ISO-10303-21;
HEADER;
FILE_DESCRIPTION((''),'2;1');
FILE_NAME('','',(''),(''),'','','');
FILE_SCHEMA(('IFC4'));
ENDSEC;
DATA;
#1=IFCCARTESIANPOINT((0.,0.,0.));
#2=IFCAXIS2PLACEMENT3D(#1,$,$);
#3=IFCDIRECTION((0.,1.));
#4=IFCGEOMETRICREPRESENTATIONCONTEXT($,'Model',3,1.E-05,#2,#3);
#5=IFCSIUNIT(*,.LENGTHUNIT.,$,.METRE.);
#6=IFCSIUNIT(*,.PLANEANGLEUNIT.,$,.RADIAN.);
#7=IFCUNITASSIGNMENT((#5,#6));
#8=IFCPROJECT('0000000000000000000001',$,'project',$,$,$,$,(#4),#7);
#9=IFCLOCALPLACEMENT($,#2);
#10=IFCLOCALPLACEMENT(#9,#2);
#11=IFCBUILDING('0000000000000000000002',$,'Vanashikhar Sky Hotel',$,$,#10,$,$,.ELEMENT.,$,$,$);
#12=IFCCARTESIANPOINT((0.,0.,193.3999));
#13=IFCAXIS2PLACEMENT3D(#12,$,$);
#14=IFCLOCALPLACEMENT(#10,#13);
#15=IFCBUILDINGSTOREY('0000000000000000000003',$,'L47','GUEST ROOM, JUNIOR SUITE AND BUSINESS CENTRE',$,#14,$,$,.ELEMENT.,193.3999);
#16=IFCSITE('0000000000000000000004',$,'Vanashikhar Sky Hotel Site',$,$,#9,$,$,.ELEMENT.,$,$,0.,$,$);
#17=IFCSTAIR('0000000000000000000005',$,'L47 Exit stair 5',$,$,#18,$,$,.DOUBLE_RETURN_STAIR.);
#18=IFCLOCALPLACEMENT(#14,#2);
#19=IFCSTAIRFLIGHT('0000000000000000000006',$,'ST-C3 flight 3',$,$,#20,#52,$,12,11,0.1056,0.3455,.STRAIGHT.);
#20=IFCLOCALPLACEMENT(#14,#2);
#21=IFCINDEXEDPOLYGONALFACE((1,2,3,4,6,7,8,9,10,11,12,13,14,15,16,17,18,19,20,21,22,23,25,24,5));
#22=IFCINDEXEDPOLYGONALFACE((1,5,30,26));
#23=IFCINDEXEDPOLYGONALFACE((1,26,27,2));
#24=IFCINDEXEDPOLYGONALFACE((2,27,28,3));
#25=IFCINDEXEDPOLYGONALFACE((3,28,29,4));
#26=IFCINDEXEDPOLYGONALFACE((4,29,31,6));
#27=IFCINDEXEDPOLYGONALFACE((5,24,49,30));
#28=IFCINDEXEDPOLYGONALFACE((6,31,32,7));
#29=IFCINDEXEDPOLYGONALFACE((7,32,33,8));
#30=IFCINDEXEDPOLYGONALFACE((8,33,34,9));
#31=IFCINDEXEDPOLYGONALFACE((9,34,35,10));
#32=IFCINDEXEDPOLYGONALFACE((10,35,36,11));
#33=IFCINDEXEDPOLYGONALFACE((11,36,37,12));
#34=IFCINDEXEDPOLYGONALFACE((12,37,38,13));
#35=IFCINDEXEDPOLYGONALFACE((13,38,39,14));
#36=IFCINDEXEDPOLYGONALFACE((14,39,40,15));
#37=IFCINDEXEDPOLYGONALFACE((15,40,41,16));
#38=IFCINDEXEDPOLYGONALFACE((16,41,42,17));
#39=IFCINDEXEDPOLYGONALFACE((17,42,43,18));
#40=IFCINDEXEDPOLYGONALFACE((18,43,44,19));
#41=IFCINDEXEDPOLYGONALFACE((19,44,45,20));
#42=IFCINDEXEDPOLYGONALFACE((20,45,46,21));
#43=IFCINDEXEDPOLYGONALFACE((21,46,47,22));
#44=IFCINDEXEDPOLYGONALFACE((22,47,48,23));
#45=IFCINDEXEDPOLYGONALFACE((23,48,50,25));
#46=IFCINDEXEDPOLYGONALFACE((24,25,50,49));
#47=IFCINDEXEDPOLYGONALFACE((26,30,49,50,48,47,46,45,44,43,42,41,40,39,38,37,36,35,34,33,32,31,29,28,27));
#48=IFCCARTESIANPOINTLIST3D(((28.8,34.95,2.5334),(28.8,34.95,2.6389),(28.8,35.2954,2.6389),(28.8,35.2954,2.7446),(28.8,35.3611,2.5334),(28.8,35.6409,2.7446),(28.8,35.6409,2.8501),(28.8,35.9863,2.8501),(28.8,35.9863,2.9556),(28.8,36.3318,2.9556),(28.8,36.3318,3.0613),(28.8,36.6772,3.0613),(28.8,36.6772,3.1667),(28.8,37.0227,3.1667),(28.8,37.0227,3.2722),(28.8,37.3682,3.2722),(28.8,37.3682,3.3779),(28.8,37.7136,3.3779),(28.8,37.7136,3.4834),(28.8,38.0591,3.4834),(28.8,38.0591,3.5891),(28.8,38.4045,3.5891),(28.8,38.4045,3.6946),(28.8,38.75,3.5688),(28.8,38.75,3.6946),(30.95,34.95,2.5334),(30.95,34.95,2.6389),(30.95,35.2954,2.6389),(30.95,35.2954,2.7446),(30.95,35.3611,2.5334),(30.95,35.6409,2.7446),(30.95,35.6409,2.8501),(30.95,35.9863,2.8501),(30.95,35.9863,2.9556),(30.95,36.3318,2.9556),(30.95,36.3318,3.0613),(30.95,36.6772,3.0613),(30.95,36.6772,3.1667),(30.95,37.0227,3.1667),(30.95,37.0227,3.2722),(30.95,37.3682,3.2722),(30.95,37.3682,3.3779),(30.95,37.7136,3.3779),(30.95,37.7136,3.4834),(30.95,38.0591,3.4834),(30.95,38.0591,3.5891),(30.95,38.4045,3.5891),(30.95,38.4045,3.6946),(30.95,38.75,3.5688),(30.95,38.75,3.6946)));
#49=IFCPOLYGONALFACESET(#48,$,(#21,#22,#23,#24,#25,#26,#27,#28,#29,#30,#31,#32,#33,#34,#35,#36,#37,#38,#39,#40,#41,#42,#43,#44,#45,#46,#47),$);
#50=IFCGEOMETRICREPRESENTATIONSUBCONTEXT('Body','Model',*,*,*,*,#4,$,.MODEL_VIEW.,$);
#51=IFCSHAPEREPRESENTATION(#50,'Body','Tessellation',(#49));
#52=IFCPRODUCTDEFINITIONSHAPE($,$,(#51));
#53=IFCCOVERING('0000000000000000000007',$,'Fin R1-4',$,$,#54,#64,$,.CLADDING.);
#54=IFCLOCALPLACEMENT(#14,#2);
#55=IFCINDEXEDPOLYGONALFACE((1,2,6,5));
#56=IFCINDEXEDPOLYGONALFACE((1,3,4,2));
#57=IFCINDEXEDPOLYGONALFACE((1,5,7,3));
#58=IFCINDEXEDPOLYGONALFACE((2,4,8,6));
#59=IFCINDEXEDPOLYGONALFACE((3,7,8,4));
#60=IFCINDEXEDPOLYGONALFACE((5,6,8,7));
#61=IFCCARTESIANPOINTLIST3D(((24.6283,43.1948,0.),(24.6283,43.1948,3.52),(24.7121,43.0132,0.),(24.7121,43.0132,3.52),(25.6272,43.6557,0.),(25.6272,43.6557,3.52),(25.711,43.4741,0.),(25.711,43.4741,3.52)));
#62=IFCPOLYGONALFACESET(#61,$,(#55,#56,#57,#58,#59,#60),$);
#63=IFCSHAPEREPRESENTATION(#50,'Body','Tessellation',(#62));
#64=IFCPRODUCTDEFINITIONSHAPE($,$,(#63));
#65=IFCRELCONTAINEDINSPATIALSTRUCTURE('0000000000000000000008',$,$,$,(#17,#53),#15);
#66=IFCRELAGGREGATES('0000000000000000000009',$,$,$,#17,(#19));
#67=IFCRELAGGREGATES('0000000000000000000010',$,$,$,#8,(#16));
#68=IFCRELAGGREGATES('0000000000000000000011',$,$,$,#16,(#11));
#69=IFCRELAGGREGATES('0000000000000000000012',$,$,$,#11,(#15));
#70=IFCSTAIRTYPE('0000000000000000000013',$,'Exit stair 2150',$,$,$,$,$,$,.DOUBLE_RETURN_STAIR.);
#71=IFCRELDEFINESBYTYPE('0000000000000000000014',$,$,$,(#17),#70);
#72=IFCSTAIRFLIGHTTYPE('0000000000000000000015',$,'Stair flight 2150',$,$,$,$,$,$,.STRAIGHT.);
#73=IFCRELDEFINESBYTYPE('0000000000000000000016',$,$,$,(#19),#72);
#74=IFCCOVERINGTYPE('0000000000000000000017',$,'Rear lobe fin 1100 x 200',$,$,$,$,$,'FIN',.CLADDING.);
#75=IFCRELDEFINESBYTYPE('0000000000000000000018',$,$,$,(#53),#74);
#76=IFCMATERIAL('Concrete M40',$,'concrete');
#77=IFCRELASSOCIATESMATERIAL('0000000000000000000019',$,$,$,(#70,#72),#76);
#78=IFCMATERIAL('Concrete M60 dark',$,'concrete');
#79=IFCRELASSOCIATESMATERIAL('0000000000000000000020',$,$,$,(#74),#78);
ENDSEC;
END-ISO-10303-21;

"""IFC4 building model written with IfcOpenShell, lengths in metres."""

from ifc_helpers import new_model, si_unit, direction, frame, origin, origin_2d, place, context, subcontext, project, spatial, polyline, rectangle, outline, extrude, source, transform, mapped, material, material_profile, profile_set, type_object, element, aggregate, save


model = new_model("IFC4")

# Units and contexts
model_context = context("Model", 3, precision=1e-05, world=origin(), true_north=direction((0.0, 1.0)))
body_context = subcontext(model_context, "Body", "Model", "MODEL_VIEW")
ifc_project = project(units=[si_unit("LENGTHUNIT", "METRE"), si_unit("PLANEANGLEUNIT", "RADIAN")], contexts=[model_context])

# Site, building, storey
site_placement = place(None, origin())
site = spatial("IfcSite", under=ifc_project, at=site_placement, Name="Vanashikhar Sky Hotel Site", CompositionType="ELEMENT", RefElevation=0.0)
building_placement = place(site_placement, origin())
building = spatial("IfcBuilding", under=site, at=building_placement, Name="Vanashikhar Sky Hotel", CompositionType="ELEMENT")
storey_placement = place(building_placement, frame((0.0, 0.0, 193.3999)))
storey = spatial("IfcBuildingStorey", under=building, at=storey_placement, Name="L47", Description="GUEST ROOM, JUNIOR SUITE AND BUSINESS CENTRE", CompositionType="ELEMENT", Elevation=193.3999)

# Stair, stair flight
ifc_material_1 = material(Name="Concrete M40", Category="concrete")
stair_type = type_object("IfcStairType", Name="Exit stair 2150", PredefinedType="DOUBLE_RETURN_STAIR", material=ifc_material_1)
stair_flight_type = type_object("IfcStairFlightType", Name="Stair flight 2150", PredefinedType="STRAIGHT", material=ifc_material_1)
shared_shape_1 = source(origin(), body_context, "Body", "SweptSolid", [
    extrude(outline(polyline([(0.0, 0.0), (0.0, 0.1055), (0.3455, 0.1055), (0.3455, 0.2112), (0.6909, 0.2112), (0.6909, 0.3167), (1.0364, 0.3167), (1.0364, 0.4221), (1.3818, 0.4221), (1.3818, 0.5278), (1.7273, 0.5278), (1.7273, 0.6333), (2.0728, 0.6333), (2.0728, 0.7388), (2.4182, 0.7388), (2.4182, 0.8445), (2.7637, 0.8445), (2.7637, 0.95), (3.1091, 0.95), (3.1091, 1.0557), (3.4546, 1.0557), (3.4546, 1.1611), (3.8, 1.1611), (3.8, 1.2666), (3.8, 1.0354), (0.4111, 0.0), (0.0, 0.0)])), frame((0.0, 1.075, 0.0), z_axis=(0.0, -1.0, 0.0), x_axis=(1.0, 0.0, 0.0)), (0.0, 0.0, 1.0), 2.1499),
])
stair_1_placement = place(storey_placement, origin())
stair_1 = element("IfcStair", 1, at=stair_1_placement, inside=storey, type_object=stair_type, Name="L47 Exit stair 5", PredefinedType="DOUBLE_RETURN_STAIR")
stair_flight_1_placement = place(storey_placement, frame((29.875, 34.95, 2.5334), z_axis=(0.0, 0.0, 1.0), x_axis=(0.0, 1.0, 0.0)))
stair_flight_1 = element("IfcStairFlight", 2, at=stair_flight_1_placement, type_object=stair_flight_type, Name="ST-C3 flight 3", NumberOfRisers=12, NumberOfTreads=11, PredefinedType="STRAIGHT", RiserHeight=0.1056, TreadLength=0.3455, context=body_context, shape_type="MappedRepresentation", body=[
    mapped(shared_shape_1, transform((0.0, 0.0, 0.0), scale=1.0)),
])
aggregate(stair_1, [stair_flight_1])

# Covering
ifc_material_2 = material(Name="Concrete M60 dark", Category="concrete")
ifc_material_profile = material_profile(ifc_material_2, rectangle(XDim=1.1001, YDim=0.2, at=origin_2d()))
ifc_profile_set = profile_set([ifc_material_profile], Name="Rear lobe fin 1100 x 200")
covering_type = type_object("IfcCoveringType", Name="Rear lobe fin 1100 x 200", ElementType="FIN", PredefinedType="CLADDING", material=ifc_profile_set)
shared_shape_2 = source(origin(), body_context, "Body", "SweptSolid", [
    extrude(rectangle(XDim=1.1001, YDim=0.2, at=origin_2d()), origin(), (0.0, 0.0, 1.0), 3.52),
])
covering_placement = place(storey_placement, frame((25.1697, 43.3345, 0.0), z_axis=(0.0, 0.0, 1.0), x_axis=(0.908004, 0.418961, 0.0)))
element("IfcCovering", 3, at=covering_placement, inside=storey, type_object=covering_type, Name="Fin R1-4", PredefinedType="CLADDING", context=body_context, shape_type="MappedRepresentation", body=[
    mapped(shared_shape_2, transform((0.0, 0.0, 0.0), scale=1.0)),
])

save(model, "model.ifc")
